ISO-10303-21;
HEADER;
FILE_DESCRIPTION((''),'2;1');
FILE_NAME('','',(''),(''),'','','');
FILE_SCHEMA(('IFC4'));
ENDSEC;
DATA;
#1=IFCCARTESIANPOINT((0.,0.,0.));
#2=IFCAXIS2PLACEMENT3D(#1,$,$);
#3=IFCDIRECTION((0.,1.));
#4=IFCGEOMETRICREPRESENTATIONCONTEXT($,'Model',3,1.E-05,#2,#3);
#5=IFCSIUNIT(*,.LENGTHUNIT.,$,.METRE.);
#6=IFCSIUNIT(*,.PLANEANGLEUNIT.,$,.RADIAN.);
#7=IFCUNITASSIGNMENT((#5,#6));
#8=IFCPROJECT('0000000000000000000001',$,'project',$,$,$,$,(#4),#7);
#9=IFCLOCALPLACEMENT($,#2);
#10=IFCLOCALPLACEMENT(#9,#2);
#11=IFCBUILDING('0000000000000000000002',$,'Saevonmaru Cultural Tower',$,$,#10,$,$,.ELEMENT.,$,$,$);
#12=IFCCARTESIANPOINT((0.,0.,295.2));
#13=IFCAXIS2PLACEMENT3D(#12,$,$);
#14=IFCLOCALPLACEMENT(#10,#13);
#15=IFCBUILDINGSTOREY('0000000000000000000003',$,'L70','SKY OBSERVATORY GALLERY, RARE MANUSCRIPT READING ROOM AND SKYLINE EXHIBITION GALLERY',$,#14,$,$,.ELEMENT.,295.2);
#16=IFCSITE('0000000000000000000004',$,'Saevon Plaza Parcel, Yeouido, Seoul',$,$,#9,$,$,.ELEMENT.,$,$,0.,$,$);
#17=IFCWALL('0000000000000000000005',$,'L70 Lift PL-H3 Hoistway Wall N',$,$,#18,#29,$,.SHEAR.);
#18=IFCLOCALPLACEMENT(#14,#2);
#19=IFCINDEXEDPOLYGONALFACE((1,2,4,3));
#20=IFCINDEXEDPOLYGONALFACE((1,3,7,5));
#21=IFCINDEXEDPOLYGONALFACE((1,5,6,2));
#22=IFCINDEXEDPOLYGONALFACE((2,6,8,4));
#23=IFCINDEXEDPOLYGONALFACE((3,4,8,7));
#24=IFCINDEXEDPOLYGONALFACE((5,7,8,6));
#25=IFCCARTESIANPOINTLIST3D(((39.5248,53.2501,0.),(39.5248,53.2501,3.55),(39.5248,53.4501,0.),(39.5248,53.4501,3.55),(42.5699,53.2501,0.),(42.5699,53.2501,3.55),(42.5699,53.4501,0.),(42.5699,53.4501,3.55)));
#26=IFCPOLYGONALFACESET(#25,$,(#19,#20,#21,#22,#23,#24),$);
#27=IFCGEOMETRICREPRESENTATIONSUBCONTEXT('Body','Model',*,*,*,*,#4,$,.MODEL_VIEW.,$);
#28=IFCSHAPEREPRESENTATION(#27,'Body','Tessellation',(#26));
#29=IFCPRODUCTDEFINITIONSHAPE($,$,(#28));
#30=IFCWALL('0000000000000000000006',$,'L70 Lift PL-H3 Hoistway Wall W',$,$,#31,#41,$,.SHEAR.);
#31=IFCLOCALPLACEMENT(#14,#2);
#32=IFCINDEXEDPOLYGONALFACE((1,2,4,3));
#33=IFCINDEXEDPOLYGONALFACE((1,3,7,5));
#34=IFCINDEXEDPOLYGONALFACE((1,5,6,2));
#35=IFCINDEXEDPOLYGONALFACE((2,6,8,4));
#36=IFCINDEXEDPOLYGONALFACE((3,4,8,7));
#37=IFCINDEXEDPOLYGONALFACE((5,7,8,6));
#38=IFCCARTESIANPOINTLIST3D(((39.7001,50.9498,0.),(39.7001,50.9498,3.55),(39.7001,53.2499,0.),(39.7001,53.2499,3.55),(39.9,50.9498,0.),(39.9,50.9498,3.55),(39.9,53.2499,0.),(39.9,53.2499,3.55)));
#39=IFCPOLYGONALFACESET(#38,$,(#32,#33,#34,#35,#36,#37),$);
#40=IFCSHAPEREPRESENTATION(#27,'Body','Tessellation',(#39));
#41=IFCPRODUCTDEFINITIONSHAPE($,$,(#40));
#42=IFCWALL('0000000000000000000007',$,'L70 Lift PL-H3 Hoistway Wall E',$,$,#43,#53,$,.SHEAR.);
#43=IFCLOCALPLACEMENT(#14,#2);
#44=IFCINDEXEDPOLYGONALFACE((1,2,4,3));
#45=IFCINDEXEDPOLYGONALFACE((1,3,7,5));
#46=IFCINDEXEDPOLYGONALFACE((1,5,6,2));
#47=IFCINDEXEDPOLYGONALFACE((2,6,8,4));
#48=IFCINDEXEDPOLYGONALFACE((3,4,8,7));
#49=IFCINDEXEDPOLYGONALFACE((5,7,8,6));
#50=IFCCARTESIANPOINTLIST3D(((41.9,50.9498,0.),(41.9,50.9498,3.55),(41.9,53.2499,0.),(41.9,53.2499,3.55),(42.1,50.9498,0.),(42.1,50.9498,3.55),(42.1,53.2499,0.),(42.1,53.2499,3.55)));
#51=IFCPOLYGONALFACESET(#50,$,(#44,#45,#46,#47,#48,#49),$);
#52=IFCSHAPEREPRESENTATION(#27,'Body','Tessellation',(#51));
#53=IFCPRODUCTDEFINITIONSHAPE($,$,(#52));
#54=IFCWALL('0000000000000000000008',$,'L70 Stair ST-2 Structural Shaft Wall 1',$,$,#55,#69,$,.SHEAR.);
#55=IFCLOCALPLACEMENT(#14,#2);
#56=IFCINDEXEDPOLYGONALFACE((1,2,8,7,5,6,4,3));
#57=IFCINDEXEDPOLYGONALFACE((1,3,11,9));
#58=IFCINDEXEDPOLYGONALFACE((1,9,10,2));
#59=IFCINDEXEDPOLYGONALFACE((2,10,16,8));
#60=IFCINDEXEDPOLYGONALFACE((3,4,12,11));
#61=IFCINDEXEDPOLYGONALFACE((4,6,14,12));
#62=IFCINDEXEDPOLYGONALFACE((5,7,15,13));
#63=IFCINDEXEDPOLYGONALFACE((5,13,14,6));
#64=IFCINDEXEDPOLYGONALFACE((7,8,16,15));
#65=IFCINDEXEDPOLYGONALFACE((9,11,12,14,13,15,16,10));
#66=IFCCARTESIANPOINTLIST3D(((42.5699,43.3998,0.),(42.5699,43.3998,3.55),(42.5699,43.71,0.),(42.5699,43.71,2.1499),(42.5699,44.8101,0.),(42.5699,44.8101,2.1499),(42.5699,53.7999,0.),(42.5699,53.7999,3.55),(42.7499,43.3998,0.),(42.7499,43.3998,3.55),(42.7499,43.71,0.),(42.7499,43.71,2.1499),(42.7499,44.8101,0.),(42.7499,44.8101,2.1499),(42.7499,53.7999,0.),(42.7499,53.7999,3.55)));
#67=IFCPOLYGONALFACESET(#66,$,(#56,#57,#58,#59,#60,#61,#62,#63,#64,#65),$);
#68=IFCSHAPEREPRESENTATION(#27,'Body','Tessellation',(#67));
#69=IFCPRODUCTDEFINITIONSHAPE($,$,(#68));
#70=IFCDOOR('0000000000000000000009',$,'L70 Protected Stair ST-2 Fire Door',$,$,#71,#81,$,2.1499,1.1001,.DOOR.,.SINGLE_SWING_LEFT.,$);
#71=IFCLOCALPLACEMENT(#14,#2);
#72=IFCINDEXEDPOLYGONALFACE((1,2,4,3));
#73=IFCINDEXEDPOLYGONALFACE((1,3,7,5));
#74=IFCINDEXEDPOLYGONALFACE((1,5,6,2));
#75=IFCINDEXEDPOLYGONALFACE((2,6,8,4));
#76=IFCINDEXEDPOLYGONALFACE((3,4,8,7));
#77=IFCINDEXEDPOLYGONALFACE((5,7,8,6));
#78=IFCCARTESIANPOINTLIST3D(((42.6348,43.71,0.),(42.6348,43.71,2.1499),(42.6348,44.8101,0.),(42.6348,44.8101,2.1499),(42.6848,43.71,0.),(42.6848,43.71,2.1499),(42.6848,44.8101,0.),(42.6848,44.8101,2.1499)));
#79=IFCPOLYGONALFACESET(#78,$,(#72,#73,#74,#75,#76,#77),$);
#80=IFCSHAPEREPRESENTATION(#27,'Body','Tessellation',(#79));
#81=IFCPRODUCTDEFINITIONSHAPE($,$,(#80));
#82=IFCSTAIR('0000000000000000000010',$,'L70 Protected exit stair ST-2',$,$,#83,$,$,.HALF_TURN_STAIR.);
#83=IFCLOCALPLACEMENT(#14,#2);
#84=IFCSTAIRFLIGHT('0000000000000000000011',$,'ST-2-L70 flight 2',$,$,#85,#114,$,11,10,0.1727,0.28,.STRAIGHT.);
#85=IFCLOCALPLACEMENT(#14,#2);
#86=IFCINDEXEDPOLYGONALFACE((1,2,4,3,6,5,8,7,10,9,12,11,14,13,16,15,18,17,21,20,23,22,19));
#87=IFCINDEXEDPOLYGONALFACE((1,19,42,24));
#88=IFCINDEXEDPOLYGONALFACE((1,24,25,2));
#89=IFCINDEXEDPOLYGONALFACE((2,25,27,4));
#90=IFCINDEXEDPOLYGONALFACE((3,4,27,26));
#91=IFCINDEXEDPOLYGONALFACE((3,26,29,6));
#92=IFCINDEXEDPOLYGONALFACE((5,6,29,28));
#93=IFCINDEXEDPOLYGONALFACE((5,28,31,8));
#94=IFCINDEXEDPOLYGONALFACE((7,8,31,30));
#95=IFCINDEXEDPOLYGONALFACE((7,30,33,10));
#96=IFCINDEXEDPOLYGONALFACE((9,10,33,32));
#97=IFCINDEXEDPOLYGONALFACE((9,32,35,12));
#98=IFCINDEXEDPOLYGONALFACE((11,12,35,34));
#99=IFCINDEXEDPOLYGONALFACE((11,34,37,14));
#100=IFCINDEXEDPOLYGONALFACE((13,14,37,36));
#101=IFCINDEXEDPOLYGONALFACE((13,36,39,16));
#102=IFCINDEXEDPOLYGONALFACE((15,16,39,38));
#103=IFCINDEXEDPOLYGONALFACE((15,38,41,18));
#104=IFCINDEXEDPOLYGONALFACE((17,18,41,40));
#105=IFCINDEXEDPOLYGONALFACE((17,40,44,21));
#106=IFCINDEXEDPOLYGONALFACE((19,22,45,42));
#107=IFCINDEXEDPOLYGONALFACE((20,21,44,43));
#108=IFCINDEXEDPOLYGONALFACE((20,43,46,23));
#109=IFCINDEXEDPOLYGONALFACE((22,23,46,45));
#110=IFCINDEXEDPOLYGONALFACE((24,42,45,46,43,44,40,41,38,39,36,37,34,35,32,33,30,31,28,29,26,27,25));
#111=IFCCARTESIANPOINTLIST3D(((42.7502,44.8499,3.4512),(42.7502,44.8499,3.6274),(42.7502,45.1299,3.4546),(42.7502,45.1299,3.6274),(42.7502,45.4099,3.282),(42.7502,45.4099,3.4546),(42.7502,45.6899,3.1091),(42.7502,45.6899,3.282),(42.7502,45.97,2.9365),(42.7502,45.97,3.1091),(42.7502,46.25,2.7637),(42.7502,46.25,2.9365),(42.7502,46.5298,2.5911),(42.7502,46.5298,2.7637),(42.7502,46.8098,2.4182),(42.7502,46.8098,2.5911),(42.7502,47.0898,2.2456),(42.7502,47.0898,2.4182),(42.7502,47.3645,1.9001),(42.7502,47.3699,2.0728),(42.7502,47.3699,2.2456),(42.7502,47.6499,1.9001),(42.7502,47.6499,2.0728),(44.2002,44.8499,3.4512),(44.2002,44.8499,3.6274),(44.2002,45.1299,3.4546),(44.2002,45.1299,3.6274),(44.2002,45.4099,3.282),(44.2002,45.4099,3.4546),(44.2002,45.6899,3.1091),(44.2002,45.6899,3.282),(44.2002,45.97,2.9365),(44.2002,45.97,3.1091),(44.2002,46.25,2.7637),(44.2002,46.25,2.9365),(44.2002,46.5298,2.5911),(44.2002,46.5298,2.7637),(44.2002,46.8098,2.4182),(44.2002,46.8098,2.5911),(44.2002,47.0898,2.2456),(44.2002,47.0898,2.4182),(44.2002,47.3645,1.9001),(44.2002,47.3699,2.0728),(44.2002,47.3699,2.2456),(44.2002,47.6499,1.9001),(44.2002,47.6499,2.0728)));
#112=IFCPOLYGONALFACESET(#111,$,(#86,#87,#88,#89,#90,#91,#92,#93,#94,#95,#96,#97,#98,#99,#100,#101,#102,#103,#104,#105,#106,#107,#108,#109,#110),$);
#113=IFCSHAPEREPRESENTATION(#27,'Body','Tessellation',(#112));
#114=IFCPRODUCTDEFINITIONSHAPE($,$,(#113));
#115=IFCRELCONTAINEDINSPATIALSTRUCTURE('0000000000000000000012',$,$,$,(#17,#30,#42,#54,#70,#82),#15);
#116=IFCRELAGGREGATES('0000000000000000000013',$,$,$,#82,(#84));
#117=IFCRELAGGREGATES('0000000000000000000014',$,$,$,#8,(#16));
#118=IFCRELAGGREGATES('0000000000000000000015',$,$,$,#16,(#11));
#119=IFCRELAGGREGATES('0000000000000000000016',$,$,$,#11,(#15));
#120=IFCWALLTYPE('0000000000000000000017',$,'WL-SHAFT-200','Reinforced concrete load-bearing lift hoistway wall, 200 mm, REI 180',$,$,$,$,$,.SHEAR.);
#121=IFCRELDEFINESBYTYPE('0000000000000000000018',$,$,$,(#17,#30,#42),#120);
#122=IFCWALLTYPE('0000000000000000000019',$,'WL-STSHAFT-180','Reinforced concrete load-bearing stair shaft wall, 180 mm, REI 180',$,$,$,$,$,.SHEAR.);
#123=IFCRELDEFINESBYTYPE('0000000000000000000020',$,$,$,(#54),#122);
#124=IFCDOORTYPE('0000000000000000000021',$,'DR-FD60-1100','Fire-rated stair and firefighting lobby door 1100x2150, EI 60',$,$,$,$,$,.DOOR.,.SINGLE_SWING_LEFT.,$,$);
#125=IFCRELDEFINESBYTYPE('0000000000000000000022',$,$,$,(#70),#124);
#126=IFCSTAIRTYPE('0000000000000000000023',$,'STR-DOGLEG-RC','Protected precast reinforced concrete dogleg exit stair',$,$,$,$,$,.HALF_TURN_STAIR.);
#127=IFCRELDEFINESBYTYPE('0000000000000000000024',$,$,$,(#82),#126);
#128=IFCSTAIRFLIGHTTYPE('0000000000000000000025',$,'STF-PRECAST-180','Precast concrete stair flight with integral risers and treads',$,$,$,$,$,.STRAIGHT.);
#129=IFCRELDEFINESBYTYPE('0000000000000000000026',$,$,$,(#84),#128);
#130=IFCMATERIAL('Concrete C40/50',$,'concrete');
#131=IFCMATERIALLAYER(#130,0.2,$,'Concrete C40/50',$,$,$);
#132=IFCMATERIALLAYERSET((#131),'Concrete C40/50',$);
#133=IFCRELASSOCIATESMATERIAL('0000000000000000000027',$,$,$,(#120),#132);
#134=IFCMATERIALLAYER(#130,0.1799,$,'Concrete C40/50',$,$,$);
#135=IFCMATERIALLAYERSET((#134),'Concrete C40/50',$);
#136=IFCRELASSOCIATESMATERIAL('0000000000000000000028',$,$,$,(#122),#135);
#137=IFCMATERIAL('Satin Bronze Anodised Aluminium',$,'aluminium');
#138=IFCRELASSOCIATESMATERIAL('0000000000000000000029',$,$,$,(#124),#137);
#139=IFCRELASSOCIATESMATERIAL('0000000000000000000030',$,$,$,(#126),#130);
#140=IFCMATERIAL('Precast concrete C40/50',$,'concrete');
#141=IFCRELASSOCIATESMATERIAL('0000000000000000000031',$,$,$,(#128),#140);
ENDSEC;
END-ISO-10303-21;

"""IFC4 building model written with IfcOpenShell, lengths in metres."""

from ifc_helpers import new_model, si_unit, direction, frame, frame_2d, origin, place, context, subcontext, project, spatial, polyline, rectangle, outline, extrude, material, layer, layer_set, type_object, element, fill, aggregate, save


model = new_model("IFC4")

# Units and contexts
model_context = context("Model", 3, precision=1e-05, world=origin(), true_north=direction((0.0, 1.0)))
body_context = subcontext(model_context, "Body", "Model", "MODEL_VIEW")
ifc_project = project(units=[si_unit("LENGTHUNIT", "METRE"), si_unit("PLANEANGLEUNIT", "RADIAN")], contexts=[model_context])

# Site, building, storey
site_placement = place(None, origin())
site = spatial("IfcSite", under=ifc_project, at=site_placement, Name="Saevon Plaza Parcel, Yeouido, Seoul", CompositionType="ELEMENT", RefElevation=0.0)
building_placement = place(site_placement, origin())
building = spatial("IfcBuilding", under=site, at=building_placement, Name="Saevonmaru Cultural Tower", CompositionType="ELEMENT")
storey_placement = place(building_placement, frame((0.0, 0.0, 295.2)))
storey = spatial("IfcBuildingStorey", under=building, at=storey_placement, Name="L70", Description="SKY OBSERVATORY GALLERY, RARE MANUSCRIPT READING ROOM AND SKYLINE EXHIBITION GALLERY", CompositionType="ELEMENT", Elevation=295.2)

# Shared definitions
ifc_material_1 = material(Name="Satin Bronze Anodised Aluminium", Category="aluminium")

# Shared definitions
ifc_material_2 = material(Name="Concrete C40/50", Category="concrete")
ifc_layer_1 = layer(ifc_material_2, 0.2, Name="Concrete C40/50")
ifc_layer_set_1 = layer_set([ifc_layer_1], Name="Concrete C40/50")
wall_type_1 = type_object("IfcWallType", Name="WL-SHAFT-200", Description="Reinforced concrete load-bearing lift hoistway wall, 200 mm, REI 180", PredefinedType="SHEAR", material=ifc_layer_set_1)

# Walls
wall_1_placement = place(storey_placement, frame((39.5249, 53.3501, 0.0), z_axis=(0.0, 0.0, 1.0), x_axis=(1.0, 0.0, 0.0)))
element("IfcWall", 1, at=wall_1_placement, inside=storey, type_object=wall_type_1, Name="L70 Lift PL-H3 Hoistway Wall N", PredefinedType="SHEAR", context=body_context, shape_type="SweptSolid", body=[
    extrude(rectangle(XDim=3.0452, YDim=0.2, at=frame_2d((1.5225, 0.0))), origin(), (0.0, 0.0, 1.0), 3.55),
])
for number, where, z_axis, x_axis, name in (
    (2, (39.8, 50.95, 0.0), (0.0, 0.0, 1.0), (0.0, 1.0, 0.0), "L70 Lift PL-H3 Hoistway Wall W"),
    (3, (42.0, 50.95, 0.0), (0.0, 0.0, 1.0), (0.0, 1.0, 0.0), "L70 Lift PL-H3 Hoistway Wall E"),
):
    element("IfcWall", number, at=place(storey_placement, frame(where, z_axis=z_axis, x_axis=x_axis)), inside=storey, type_object=wall_type_1, Name=name, PredefinedType="SHEAR", context=body_context, shape_type="SweptSolid", body=[
        extrude(rectangle(XDim=2.3, YDim=0.2, at=frame_2d((1.1499, 0.0))), origin(), (0.0, 0.0, 1.0), 3.55),
    ])

# Wall, opening, door
ifc_layer_2 = layer(ifc_material_2, 0.1799, Name="Concrete C40/50")
ifc_layer_set_2 = layer_set([ifc_layer_2], Name="Concrete C40/50")
wall_type_2 = type_object("IfcWallType", Name="WL-STSHAFT-180", Description="Reinforced concrete load-bearing stair shaft wall, 180 mm, REI 180", PredefinedType="SHEAR", material=ifc_layer_set_2)
wall_2_placement = place(storey_placement, frame((42.6599, 53.8, 0.0), z_axis=(0.0, 0.0, 1.0), x_axis=(0.0, -1.0, 0.0)))
wall_2 = element("IfcWall", 4, at=wall_2_placement, inside=storey, type_object=wall_type_2, Name="L70 Stair ST-2 Structural Shaft Wall 1", PredefinedType="SHEAR", context=body_context, shape_type="SweptSolid", body=[
    extrude(rectangle(XDim=10.4001, YDim=0.1799, at=frame_2d((5.2002, 0.0))), origin(), (0.0, 0.0, 1.0), 3.55),
])
opening_1_placement = place(wall_2_placement, frame((8.99, 0.0, 0.0)))
opening_1 = element("IfcOpeningElement", 5, at=opening_1_placement, cuts=wall_2, PredefinedType="OPENING", context=body_context, shape_type="SweptSolid", body=[
    extrude(rectangle(XDim=1.1001, YDim=2.1499, at=frame_2d((0.55, 1.075))), frame((0.0, 0.1001, 0.0), z_axis=(0.0, -1.0, 0.0), x_axis=(1.0, 0.0, 0.0)), (0.0, 0.0, 1.0), 0.2),
])
door_type_1 = type_object("IfcDoorType", Name="DR-FD60-1100", Description="Fire-rated stair and firefighting lobby door 1100x2150, EI 60", OperationType="SINGLE_SWING_LEFT", PredefinedType="DOOR", material=ifc_material_1)
door_1_placement = place(opening_1_placement, origin())
door_1 = element("IfcDoor", 6, at=door_1_placement, inside=storey, type_object=door_type_1, Name="L70 Protected Stair ST-2 Fire Door", OperationType="SINGLE_SWING_LEFT", OverallHeight=2.1499, OverallWidth=1.1001, PredefinedType="DOOR", context=body_context, shape_type="SweptSolid", body=[
    extrude(rectangle(XDim=1.1001, YDim=2.1499, at=frame_2d((0.55, 1.075))), frame((0.0, 0.0249, 0.0), z_axis=(0.0, -1.0, 0.0), x_axis=(1.0, 0.0, 0.0)), (0.0, 0.0, 1.0), 0.05),
])
fill(opening_1, door_1)

# Stair, stair flight
stair_type = type_object("IfcStairType", Name="STR-DOGLEG-RC", Description="Protected precast reinforced concrete dogleg exit stair", PredefinedType="HALF_TURN_STAIR", material=ifc_material_2)
stair_placement = place(storey_placement, origin())
stair = element("IfcStair", 7, at=stair_placement, inside=storey, type_object=stair_type, Name="L70 Protected exit stair ST-2", PredefinedType="HALF_TURN_STAIR")
ifc_material_3 = material(Name="Precast concrete C40/50", Category="concrete")
stair_flight_type = type_object("IfcStairFlightType", Name="STF-PRECAST-180", Description="Precast concrete stair flight with integral risers and treads", PredefinedType="STRAIGHT", material=ifc_material_3)
stair_flight_placement = place(storey_placement, frame((43.4751, 47.6499, 1.9001), z_axis=(0.0, 0.0, 1.0), x_axis=(0.0, -1.0, 0.0)))
stair_flight = element("IfcStairFlight", 8, at=stair_flight_placement, type_object=stair_flight_type, Name="ST-2-L70 flight 2", NumberOfRisers=11, NumberOfTreads=10, PredefinedType="STRAIGHT", RiserHeight=0.1727, TreadLength=0.28, context=body_context, shape_type="SweptSolid", body=[
    extrude(outline(polyline([(0.0, 0.0), (0.0, 0.1726), (0.28, 0.1726), (0.28, 0.3455), (0.5601, 0.3455), (0.5601, 0.5181), (0.8401, 0.5181), (0.8401, 0.6909), (1.1201, 0.6909), (1.1201, 0.8635), (1.3999, 0.8635), (1.3999, 1.0364), (1.6799, 1.0364), (1.6799, 1.209), (1.96, 1.209), (1.96, 1.3818), (2.24, 1.3818), (2.24, 1.5544), (2.52, 1.5544), (2.52, 1.7273), (2.8, 1.7273), (2.8, 1.8999), (2.8, 1.551), (0.2854, 0.0), (0.0, 0.0)])), frame((0.0, 0.7251, 0.0), z_axis=(0.0, -1.0, 0.0), x_axis=(1.0, 0.0, 0.0)), (0.0, 0.0, 1.0), 1.45),
])
aggregate(stair, [stair_flight])

save(model, "model.ifc")
